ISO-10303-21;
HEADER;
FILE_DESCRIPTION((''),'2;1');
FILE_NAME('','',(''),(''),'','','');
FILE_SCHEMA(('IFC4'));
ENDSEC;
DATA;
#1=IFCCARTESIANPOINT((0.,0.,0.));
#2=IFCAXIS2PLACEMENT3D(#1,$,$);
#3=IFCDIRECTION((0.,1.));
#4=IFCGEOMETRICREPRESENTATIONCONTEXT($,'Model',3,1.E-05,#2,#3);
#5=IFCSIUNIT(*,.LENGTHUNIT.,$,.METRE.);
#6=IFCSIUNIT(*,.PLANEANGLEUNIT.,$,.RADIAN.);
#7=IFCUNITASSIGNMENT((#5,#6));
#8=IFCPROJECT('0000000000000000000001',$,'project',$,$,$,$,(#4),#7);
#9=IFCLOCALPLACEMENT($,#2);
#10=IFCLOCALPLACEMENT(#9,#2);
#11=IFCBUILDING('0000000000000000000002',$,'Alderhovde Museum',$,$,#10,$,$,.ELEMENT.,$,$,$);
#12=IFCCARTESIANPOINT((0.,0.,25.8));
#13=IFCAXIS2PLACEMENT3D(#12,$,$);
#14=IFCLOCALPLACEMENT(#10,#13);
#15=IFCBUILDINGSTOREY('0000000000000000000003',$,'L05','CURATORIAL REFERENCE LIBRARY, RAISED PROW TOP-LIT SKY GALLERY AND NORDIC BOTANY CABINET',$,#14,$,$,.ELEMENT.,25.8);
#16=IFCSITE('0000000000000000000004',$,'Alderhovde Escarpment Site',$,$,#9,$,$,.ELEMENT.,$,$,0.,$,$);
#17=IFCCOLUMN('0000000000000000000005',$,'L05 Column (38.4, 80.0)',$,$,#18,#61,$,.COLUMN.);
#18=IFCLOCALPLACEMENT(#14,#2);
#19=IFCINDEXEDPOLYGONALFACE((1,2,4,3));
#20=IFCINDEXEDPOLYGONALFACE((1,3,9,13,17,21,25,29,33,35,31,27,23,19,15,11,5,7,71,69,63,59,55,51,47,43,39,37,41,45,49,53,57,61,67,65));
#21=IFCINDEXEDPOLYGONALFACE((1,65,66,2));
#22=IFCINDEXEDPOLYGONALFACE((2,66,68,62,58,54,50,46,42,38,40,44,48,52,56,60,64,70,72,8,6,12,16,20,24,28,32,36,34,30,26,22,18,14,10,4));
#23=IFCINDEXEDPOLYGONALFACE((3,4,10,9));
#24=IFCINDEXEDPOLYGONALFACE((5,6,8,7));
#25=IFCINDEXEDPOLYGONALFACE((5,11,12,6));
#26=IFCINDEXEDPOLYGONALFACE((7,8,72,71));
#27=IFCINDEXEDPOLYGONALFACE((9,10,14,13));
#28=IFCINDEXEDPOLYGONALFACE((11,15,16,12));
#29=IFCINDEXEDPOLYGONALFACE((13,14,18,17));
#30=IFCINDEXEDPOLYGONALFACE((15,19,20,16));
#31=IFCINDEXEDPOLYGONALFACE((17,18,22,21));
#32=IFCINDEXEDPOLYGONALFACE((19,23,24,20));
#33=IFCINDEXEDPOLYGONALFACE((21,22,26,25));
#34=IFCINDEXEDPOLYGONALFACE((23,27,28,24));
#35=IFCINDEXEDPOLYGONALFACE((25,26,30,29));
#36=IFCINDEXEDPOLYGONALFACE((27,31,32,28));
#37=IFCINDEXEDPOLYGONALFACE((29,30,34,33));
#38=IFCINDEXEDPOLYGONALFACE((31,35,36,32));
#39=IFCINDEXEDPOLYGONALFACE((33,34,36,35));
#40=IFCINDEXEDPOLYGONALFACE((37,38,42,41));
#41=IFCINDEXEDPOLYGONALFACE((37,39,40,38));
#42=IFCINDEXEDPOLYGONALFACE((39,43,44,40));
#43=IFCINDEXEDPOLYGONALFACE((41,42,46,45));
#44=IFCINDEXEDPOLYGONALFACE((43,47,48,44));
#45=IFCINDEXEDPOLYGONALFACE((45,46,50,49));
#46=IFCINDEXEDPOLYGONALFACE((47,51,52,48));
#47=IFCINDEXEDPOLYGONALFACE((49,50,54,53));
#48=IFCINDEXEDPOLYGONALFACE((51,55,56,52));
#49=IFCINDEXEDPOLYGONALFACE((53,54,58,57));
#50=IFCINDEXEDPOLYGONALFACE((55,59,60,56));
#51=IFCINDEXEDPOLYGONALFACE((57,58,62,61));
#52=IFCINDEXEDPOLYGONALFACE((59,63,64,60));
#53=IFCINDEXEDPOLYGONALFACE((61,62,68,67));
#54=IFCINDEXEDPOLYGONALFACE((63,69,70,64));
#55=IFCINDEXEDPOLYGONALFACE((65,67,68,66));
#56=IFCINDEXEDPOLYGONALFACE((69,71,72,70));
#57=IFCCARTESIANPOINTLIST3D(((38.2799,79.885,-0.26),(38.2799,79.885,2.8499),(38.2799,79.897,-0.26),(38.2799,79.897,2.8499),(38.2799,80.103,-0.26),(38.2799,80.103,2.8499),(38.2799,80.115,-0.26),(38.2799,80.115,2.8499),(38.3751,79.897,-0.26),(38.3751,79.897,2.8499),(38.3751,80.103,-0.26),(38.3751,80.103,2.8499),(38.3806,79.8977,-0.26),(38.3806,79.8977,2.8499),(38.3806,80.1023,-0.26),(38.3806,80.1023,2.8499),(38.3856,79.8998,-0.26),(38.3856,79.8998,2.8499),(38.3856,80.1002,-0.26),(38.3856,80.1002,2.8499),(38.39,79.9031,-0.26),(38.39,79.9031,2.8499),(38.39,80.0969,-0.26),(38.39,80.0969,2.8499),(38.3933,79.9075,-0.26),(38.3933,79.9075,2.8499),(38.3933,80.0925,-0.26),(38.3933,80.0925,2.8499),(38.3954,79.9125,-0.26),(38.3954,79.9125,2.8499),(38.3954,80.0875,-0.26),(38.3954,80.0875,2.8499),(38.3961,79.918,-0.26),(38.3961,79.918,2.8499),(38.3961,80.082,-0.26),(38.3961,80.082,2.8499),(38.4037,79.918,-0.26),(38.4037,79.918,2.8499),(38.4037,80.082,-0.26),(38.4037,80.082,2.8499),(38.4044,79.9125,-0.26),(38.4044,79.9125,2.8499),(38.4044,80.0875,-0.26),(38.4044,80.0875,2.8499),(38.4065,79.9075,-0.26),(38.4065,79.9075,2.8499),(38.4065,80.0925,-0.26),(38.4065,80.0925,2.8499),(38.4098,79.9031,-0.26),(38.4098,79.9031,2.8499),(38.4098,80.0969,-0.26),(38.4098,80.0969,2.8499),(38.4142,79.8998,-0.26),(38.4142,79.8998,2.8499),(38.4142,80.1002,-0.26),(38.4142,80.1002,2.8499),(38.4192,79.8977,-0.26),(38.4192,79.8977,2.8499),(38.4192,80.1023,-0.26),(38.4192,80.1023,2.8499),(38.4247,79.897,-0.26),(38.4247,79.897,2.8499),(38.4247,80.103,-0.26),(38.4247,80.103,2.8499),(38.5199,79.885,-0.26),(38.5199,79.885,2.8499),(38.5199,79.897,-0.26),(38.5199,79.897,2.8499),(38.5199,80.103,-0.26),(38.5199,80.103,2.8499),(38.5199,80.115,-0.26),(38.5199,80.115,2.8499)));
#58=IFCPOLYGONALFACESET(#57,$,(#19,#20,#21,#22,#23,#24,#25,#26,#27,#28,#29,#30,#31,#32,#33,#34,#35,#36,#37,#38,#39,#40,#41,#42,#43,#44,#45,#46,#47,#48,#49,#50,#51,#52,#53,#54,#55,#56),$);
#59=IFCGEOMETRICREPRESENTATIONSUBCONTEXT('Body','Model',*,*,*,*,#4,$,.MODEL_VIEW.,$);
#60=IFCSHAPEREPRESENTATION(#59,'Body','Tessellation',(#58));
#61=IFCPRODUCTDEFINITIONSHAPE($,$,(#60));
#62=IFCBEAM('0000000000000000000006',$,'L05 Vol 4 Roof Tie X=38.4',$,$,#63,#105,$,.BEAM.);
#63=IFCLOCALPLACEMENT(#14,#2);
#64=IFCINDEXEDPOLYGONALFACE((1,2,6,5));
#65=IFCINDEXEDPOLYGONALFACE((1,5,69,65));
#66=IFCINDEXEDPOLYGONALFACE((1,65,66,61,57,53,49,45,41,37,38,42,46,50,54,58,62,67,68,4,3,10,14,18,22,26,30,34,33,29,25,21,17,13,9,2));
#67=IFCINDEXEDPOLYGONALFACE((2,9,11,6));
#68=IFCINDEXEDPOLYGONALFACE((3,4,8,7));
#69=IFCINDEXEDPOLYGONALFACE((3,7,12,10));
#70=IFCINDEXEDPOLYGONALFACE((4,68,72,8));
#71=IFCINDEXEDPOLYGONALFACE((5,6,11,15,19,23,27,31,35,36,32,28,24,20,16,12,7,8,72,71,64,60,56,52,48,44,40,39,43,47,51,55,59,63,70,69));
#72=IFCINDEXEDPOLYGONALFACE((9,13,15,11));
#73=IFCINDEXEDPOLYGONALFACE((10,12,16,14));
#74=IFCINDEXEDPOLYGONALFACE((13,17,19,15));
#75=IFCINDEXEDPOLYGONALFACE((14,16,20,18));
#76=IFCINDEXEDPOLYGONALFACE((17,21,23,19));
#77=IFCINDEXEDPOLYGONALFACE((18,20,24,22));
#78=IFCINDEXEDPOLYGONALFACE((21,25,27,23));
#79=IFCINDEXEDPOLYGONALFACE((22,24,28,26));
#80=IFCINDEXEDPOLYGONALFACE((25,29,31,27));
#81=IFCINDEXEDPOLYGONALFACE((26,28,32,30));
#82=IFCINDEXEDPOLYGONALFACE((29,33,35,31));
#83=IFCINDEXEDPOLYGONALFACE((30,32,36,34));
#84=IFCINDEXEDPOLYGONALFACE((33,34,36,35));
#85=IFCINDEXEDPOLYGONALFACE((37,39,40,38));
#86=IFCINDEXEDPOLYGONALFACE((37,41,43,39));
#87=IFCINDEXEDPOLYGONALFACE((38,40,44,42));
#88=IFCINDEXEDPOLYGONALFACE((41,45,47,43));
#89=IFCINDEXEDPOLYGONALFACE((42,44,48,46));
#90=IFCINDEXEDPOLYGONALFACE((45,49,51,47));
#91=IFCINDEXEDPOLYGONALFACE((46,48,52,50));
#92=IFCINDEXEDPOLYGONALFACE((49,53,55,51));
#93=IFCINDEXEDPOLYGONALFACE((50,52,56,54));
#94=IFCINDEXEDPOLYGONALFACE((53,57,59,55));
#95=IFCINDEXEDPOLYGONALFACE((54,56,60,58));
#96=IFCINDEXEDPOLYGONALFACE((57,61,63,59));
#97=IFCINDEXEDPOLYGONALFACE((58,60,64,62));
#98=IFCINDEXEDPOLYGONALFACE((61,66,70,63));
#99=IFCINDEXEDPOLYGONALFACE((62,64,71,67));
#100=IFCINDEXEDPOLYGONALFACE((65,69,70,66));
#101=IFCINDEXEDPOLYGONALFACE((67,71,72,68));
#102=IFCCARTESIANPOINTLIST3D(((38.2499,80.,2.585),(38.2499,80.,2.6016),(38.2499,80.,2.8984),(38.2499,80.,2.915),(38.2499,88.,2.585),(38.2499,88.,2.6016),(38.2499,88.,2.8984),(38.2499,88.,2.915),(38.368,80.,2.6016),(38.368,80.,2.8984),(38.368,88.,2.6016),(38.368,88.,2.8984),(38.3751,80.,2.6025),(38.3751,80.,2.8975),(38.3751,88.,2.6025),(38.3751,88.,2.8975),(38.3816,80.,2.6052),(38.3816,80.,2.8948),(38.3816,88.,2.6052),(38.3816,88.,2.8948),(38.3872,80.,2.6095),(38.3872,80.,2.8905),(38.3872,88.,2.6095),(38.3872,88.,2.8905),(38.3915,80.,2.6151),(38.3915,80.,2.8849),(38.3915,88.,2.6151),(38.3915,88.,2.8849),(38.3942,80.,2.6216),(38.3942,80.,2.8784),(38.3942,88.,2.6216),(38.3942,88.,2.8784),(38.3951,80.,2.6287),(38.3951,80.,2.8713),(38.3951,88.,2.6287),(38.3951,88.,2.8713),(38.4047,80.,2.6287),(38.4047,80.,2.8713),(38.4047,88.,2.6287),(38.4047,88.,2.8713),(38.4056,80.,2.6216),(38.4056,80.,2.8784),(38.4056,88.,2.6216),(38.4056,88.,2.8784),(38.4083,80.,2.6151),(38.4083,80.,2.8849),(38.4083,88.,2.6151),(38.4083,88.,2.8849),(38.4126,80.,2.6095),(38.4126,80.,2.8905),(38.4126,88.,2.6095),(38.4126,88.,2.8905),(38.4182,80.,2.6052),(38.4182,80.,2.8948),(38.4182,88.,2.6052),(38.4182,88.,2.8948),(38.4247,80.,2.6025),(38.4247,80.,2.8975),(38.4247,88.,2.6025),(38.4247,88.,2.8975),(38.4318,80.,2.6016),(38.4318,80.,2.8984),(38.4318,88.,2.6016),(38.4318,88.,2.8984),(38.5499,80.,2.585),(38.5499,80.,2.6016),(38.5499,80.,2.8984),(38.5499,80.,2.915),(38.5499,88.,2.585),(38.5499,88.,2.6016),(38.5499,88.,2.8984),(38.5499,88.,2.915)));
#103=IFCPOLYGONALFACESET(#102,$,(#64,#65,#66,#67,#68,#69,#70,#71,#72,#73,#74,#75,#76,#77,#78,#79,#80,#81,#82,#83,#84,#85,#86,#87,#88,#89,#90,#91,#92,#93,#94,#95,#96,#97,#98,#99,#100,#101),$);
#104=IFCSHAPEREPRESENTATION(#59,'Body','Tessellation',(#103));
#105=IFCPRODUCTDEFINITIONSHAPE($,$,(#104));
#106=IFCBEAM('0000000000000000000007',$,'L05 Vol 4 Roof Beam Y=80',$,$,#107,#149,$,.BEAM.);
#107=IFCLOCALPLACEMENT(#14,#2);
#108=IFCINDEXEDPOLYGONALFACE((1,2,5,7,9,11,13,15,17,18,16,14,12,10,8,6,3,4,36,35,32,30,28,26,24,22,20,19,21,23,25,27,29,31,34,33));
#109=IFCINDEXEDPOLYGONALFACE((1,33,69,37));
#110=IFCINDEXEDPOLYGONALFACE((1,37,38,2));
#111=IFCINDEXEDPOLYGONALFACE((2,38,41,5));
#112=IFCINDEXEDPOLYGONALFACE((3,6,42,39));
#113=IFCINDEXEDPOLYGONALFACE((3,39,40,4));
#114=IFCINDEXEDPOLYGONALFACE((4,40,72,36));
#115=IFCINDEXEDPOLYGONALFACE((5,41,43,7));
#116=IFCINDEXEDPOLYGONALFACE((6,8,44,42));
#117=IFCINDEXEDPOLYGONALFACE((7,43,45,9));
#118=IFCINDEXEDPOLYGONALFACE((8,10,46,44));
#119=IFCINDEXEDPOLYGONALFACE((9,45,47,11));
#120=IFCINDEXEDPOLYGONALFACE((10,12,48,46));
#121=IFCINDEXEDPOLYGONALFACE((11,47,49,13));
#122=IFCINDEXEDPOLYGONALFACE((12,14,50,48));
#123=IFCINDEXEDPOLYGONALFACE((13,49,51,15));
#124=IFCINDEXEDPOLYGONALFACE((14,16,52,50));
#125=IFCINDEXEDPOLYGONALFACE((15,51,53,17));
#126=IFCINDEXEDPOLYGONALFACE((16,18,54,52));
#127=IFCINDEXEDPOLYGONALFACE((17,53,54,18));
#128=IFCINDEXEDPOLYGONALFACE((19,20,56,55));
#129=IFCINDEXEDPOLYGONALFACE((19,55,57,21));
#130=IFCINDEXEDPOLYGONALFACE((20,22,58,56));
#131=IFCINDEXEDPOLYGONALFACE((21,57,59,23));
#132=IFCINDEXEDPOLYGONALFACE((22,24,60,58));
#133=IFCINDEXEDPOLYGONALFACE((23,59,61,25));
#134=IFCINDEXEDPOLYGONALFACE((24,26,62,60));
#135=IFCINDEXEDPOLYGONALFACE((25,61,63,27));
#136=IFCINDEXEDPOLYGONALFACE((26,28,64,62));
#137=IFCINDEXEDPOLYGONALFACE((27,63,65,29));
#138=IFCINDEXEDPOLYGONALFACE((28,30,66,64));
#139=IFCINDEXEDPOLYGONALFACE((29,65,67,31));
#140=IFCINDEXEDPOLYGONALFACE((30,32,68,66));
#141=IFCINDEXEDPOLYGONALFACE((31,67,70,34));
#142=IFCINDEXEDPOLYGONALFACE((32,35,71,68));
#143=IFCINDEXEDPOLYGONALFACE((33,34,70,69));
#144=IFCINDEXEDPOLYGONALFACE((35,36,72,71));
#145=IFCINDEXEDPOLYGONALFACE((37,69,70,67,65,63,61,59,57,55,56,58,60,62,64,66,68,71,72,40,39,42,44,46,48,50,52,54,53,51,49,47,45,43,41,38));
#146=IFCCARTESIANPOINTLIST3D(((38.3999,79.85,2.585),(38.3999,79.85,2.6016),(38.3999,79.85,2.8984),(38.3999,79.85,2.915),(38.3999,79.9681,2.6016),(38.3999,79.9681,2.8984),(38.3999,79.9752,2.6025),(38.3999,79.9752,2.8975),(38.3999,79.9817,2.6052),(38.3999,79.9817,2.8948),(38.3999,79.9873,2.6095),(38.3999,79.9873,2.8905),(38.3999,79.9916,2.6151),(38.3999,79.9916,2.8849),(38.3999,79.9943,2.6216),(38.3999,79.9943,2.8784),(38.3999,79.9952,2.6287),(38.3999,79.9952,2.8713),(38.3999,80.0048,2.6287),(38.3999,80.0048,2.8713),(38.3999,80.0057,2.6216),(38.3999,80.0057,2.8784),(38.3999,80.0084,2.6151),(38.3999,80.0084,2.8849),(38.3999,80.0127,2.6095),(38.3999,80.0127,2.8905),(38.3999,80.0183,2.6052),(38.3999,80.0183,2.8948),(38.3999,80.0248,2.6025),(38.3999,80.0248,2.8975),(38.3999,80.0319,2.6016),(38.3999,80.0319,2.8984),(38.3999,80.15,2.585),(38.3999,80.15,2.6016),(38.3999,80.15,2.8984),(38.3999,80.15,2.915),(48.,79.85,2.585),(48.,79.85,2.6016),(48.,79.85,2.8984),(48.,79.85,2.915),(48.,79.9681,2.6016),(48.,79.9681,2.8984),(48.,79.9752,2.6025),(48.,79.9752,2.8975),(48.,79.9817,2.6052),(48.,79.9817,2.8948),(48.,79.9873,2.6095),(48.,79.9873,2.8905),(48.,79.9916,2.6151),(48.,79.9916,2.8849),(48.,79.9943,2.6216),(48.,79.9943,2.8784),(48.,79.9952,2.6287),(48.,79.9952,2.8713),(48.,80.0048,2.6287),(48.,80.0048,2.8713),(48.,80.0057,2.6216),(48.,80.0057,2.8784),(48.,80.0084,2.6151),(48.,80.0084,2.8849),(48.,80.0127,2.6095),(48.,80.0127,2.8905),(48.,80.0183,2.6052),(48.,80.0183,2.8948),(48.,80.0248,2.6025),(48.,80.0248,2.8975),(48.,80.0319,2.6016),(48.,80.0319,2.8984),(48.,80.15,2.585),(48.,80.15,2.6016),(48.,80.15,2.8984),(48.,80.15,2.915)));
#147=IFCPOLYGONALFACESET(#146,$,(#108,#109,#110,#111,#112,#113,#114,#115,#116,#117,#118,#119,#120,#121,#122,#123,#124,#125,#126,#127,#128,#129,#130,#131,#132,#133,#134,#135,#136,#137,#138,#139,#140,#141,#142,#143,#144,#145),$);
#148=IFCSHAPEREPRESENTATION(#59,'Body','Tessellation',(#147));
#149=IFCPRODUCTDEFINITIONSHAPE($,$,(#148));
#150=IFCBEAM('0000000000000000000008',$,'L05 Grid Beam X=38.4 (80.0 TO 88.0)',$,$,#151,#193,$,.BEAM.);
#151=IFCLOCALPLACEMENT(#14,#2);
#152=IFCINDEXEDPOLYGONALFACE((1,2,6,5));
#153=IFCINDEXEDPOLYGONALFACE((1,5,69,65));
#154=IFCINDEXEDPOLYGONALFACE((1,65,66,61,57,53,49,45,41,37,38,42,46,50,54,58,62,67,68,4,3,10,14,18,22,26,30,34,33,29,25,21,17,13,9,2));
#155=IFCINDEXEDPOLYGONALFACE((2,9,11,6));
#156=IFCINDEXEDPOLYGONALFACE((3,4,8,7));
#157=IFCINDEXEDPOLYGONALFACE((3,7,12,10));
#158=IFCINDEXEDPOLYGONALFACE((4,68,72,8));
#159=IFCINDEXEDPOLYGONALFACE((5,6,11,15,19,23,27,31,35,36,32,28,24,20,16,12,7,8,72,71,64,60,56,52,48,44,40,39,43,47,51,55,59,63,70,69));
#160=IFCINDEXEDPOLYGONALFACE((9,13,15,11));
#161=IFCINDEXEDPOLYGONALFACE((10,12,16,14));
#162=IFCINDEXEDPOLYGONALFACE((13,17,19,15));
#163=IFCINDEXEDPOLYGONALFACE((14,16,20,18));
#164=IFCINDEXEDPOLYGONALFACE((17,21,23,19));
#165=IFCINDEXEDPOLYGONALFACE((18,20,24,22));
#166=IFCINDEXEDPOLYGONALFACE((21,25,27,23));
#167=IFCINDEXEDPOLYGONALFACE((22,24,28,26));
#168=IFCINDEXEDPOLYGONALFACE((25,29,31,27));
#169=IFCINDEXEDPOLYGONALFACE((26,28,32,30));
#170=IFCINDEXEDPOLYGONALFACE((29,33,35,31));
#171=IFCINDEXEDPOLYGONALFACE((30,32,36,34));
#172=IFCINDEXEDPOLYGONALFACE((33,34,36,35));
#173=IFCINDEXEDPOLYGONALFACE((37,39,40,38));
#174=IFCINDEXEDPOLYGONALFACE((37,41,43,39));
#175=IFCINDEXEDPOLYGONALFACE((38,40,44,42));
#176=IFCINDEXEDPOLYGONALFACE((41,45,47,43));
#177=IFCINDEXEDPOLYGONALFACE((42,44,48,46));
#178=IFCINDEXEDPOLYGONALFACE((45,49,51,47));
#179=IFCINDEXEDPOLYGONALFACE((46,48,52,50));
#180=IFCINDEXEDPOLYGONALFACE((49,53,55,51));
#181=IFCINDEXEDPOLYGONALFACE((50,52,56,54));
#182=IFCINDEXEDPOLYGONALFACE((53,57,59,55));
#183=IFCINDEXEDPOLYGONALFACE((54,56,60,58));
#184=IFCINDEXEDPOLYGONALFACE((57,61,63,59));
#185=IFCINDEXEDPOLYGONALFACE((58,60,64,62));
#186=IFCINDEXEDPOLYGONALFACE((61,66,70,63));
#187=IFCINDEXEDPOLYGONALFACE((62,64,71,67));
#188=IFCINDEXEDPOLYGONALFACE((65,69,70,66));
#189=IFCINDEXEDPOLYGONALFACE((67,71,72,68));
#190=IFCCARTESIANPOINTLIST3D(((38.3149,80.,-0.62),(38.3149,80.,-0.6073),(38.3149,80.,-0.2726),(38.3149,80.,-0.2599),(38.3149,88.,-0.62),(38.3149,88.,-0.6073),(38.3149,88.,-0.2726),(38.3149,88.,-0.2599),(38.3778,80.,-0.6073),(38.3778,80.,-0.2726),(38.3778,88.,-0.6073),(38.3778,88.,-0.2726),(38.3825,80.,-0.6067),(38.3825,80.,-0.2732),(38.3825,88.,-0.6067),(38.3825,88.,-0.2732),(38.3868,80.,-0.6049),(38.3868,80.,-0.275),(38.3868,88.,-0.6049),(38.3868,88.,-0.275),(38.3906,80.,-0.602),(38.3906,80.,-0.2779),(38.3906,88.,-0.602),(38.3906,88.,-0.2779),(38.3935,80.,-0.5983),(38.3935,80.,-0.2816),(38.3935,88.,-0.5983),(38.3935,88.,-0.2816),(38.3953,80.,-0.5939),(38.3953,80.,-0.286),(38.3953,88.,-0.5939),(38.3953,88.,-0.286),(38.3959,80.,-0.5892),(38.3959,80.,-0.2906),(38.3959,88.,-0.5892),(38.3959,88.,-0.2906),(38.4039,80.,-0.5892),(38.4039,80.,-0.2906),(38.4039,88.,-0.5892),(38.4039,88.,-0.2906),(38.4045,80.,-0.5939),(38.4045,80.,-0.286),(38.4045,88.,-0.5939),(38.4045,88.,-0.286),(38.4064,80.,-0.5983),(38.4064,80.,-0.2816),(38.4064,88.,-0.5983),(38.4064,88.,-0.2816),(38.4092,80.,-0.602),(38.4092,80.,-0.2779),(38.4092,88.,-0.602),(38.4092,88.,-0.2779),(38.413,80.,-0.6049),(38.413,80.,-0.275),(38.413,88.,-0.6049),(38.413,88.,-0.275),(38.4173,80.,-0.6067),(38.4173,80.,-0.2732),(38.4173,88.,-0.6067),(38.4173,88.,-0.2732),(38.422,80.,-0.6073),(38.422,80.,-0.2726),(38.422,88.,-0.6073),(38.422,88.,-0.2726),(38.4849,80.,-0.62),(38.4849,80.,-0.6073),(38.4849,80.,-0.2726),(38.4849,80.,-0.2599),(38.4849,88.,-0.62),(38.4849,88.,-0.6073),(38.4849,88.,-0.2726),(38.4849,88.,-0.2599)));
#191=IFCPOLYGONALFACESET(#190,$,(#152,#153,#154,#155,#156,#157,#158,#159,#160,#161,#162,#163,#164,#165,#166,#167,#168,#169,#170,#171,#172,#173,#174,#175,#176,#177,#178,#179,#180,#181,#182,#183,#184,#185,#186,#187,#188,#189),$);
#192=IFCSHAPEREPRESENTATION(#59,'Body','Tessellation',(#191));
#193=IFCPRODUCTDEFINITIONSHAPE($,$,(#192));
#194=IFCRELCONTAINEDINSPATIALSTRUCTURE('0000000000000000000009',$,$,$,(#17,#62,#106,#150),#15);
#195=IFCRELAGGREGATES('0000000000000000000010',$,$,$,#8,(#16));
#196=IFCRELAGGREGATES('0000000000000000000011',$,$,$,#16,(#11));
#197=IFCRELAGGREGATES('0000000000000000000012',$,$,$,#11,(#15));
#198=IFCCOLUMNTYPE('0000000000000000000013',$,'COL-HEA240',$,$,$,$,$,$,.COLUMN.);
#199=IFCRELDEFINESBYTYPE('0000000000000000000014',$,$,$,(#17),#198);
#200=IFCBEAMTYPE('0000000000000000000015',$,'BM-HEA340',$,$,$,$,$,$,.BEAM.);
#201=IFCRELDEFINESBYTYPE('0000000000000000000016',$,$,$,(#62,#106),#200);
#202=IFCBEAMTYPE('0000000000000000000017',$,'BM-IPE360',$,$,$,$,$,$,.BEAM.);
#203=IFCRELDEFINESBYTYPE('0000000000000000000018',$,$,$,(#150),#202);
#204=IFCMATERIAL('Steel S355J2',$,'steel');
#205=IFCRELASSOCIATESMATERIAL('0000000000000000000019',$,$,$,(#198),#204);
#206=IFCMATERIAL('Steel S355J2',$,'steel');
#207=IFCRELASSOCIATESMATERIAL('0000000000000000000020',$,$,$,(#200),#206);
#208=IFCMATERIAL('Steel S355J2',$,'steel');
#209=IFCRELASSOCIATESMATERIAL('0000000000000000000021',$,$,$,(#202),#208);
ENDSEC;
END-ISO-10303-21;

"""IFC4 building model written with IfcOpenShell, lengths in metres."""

from ifc_helpers import new_model, si_unit, direction, frame, origin, origin_2d, place, context, subcontext, project, spatial, i_section, extrude, material, material_profile, profile_set, type_object, element, save


model = new_model("IFC4")

# Units and contexts
model_context = context("Model", 3, precision=1e-05, world=origin(), true_north=direction((0.0, 1.0)))
body_context = subcontext(model_context, "Body", "Model", "MODEL_VIEW")
ifc_project = project(units=[si_unit("LENGTHUNIT", "METRE"), si_unit("PLANEANGLEUNIT", "RADIAN")], contexts=[model_context])

# Site, building, storey
site_placement = place(None, origin())
site = spatial("IfcSite", under=ifc_project, at=site_placement, Name="Alderhovde Escarpment Site", CompositionType="ELEMENT", RefElevation=0.0)
building_placement = place(site_placement, origin())
building = spatial("IfcBuilding", under=site, at=building_placement, Name="Alderhovde Museum", CompositionType="ELEMENT")
storey_placement = place(building_placement, frame((0.0, 0.0, 25.8)))
storey = spatial("IfcBuildingStorey", under=building, at=storey_placement, Name="L05", Description="CURATORIAL REFERENCE LIBRARY, RAISED PROW TOP-LIT SKY GALLERY AND NORDIC BOTANY CABINET", CompositionType="ELEMENT", Elevation=25.8)

# Column
ifc_material_1 = material(Name="Steel S355J2", Category="steel")
ifc_material_profile_1 = material_profile(ifc_material_1, i_section(OverallWidth=0.24, OverallDepth=0.23, WebThickness=0.0076, FlangeThickness=0.012, FilletRadius=0.021, at=origin_2d()), Name="HEA 240")
ifc_profile_set_1 = profile_set([ifc_material_profile_1], Name="Steel S355J2")
column_type = type_object("IfcColumnType", Name="COL-HEA240", PredefinedType="COLUMN", material=ifc_profile_set_1)
column_placement = place(storey_placement, frame((38.3999, 80.0, -0.26), z_axis=(0.0, 0.0, 1.0), x_axis=(1.0, 0.0, 0.0)))
element("IfcColumn", 1, at=column_placement, inside=storey, type_object=column_type, Name="L05 Column (38.4, 80.0)", PredefinedType="COLUMN", context=body_context, shape_type="SweptSolid", body=[
    extrude(i_section(OverallWidth=0.24, OverallDepth=0.23, WebThickness=0.0076, FlangeThickness=0.012, FilletRadius=0.021, at=origin_2d()), origin(), (0.0, 0.0, 1.0), 3.1099),
])

# Beams
ifc_material_2 = material(Name="Steel S355J2", Category="steel")
ifc_material_profile_2 = material_profile(ifc_material_2, i_section(OverallWidth=0.3, OverallDepth=0.3301, WebThickness=0.0095, FlangeThickness=0.0166, FilletRadius=0.0271, at=origin_2d()), Name="HEA 340")
ifc_profile_set_2 = profile_set([ifc_material_profile_2], Name="Steel S355J2")
beam_type_1 = type_object("IfcBeamType", Name="BM-HEA340", PredefinedType="BEAM", material=ifc_profile_set_2)
beam_1_placement = place(storey_placement, frame((38.3999, 80.0, 2.75), z_axis=(0.0, 1.0, 0.0), x_axis=(-1.0, 0.0, 0.0)))
element("IfcBeam", 2, at=beam_1_placement, inside=storey, type_object=beam_type_1, Name="L05 Vol 4 Roof Tie X=38.4", PredefinedType="BEAM", context=body_context, shape_type="SweptSolid", body=[
    extrude(i_section(OverallWidth=0.3, OverallDepth=0.3301, WebThickness=0.0095, FlangeThickness=0.0166, FilletRadius=0.0271, at=origin_2d()), origin(), (0.0, 0.0, 1.0), 8.0),
])
beam_2_placement = place(storey_placement, frame((38.3999, 80.0, 2.75), z_axis=(1.0, 0.0, 0.0), x_axis=(0.0, 1.0, 0.0)))
element("IfcBeam", 3, at=beam_2_placement, inside=storey, type_object=beam_type_1, Name="L05 Vol 4 Roof Beam Y=80", PredefinedType="BEAM", context=body_context, shape_type="SweptSolid", body=[
    extrude(i_section(OverallWidth=0.3, OverallDepth=0.3301, WebThickness=0.0095, FlangeThickness=0.0166, FilletRadius=0.0271, at=origin_2d()), origin(), (0.0, 0.0, 1.0), 9.6001),
])
ifc_material_3 = material(Name="Steel S355J2", Category="steel")
ifc_material_profile_3 = material_profile(ifc_material_3, i_section(OverallWidth=0.1699, OverallDepth=0.3601, WebThickness=0.0081, FlangeThickness=0.0127, FilletRadius=0.0181, at=origin_2d()), Name="IPE 360")
ifc_profile_set_3 = profile_set([ifc_material_profile_3], Name="Steel S355J2")
beam_type_2 = type_object("IfcBeamType", Name="BM-IPE360", PredefinedType="BEAM", material=ifc_profile_set_3)
beam_3_placement = place(storey_placement, frame((38.3999, 80.0, -0.4399), z_axis=(0.0, 1.0, 0.0), x_axis=(-1.0, 0.0, 0.0)))
element("IfcBeam", 4, at=beam_3_placement, inside=storey, type_object=beam_type_2, Name="L05 Grid Beam X=38.4 (80.0 TO 88.0)", PredefinedType="BEAM", context=body_context, shape_type="SweptSolid", body=[
    extrude(i_section(OverallWidth=0.1699, OverallDepth=0.3601, WebThickness=0.0081, FlangeThickness=0.0127, FilletRadius=0.0181, at=origin_2d()), origin(), (0.0, 0.0, 1.0), 8.0),
])

save(model, "model.ifc")
